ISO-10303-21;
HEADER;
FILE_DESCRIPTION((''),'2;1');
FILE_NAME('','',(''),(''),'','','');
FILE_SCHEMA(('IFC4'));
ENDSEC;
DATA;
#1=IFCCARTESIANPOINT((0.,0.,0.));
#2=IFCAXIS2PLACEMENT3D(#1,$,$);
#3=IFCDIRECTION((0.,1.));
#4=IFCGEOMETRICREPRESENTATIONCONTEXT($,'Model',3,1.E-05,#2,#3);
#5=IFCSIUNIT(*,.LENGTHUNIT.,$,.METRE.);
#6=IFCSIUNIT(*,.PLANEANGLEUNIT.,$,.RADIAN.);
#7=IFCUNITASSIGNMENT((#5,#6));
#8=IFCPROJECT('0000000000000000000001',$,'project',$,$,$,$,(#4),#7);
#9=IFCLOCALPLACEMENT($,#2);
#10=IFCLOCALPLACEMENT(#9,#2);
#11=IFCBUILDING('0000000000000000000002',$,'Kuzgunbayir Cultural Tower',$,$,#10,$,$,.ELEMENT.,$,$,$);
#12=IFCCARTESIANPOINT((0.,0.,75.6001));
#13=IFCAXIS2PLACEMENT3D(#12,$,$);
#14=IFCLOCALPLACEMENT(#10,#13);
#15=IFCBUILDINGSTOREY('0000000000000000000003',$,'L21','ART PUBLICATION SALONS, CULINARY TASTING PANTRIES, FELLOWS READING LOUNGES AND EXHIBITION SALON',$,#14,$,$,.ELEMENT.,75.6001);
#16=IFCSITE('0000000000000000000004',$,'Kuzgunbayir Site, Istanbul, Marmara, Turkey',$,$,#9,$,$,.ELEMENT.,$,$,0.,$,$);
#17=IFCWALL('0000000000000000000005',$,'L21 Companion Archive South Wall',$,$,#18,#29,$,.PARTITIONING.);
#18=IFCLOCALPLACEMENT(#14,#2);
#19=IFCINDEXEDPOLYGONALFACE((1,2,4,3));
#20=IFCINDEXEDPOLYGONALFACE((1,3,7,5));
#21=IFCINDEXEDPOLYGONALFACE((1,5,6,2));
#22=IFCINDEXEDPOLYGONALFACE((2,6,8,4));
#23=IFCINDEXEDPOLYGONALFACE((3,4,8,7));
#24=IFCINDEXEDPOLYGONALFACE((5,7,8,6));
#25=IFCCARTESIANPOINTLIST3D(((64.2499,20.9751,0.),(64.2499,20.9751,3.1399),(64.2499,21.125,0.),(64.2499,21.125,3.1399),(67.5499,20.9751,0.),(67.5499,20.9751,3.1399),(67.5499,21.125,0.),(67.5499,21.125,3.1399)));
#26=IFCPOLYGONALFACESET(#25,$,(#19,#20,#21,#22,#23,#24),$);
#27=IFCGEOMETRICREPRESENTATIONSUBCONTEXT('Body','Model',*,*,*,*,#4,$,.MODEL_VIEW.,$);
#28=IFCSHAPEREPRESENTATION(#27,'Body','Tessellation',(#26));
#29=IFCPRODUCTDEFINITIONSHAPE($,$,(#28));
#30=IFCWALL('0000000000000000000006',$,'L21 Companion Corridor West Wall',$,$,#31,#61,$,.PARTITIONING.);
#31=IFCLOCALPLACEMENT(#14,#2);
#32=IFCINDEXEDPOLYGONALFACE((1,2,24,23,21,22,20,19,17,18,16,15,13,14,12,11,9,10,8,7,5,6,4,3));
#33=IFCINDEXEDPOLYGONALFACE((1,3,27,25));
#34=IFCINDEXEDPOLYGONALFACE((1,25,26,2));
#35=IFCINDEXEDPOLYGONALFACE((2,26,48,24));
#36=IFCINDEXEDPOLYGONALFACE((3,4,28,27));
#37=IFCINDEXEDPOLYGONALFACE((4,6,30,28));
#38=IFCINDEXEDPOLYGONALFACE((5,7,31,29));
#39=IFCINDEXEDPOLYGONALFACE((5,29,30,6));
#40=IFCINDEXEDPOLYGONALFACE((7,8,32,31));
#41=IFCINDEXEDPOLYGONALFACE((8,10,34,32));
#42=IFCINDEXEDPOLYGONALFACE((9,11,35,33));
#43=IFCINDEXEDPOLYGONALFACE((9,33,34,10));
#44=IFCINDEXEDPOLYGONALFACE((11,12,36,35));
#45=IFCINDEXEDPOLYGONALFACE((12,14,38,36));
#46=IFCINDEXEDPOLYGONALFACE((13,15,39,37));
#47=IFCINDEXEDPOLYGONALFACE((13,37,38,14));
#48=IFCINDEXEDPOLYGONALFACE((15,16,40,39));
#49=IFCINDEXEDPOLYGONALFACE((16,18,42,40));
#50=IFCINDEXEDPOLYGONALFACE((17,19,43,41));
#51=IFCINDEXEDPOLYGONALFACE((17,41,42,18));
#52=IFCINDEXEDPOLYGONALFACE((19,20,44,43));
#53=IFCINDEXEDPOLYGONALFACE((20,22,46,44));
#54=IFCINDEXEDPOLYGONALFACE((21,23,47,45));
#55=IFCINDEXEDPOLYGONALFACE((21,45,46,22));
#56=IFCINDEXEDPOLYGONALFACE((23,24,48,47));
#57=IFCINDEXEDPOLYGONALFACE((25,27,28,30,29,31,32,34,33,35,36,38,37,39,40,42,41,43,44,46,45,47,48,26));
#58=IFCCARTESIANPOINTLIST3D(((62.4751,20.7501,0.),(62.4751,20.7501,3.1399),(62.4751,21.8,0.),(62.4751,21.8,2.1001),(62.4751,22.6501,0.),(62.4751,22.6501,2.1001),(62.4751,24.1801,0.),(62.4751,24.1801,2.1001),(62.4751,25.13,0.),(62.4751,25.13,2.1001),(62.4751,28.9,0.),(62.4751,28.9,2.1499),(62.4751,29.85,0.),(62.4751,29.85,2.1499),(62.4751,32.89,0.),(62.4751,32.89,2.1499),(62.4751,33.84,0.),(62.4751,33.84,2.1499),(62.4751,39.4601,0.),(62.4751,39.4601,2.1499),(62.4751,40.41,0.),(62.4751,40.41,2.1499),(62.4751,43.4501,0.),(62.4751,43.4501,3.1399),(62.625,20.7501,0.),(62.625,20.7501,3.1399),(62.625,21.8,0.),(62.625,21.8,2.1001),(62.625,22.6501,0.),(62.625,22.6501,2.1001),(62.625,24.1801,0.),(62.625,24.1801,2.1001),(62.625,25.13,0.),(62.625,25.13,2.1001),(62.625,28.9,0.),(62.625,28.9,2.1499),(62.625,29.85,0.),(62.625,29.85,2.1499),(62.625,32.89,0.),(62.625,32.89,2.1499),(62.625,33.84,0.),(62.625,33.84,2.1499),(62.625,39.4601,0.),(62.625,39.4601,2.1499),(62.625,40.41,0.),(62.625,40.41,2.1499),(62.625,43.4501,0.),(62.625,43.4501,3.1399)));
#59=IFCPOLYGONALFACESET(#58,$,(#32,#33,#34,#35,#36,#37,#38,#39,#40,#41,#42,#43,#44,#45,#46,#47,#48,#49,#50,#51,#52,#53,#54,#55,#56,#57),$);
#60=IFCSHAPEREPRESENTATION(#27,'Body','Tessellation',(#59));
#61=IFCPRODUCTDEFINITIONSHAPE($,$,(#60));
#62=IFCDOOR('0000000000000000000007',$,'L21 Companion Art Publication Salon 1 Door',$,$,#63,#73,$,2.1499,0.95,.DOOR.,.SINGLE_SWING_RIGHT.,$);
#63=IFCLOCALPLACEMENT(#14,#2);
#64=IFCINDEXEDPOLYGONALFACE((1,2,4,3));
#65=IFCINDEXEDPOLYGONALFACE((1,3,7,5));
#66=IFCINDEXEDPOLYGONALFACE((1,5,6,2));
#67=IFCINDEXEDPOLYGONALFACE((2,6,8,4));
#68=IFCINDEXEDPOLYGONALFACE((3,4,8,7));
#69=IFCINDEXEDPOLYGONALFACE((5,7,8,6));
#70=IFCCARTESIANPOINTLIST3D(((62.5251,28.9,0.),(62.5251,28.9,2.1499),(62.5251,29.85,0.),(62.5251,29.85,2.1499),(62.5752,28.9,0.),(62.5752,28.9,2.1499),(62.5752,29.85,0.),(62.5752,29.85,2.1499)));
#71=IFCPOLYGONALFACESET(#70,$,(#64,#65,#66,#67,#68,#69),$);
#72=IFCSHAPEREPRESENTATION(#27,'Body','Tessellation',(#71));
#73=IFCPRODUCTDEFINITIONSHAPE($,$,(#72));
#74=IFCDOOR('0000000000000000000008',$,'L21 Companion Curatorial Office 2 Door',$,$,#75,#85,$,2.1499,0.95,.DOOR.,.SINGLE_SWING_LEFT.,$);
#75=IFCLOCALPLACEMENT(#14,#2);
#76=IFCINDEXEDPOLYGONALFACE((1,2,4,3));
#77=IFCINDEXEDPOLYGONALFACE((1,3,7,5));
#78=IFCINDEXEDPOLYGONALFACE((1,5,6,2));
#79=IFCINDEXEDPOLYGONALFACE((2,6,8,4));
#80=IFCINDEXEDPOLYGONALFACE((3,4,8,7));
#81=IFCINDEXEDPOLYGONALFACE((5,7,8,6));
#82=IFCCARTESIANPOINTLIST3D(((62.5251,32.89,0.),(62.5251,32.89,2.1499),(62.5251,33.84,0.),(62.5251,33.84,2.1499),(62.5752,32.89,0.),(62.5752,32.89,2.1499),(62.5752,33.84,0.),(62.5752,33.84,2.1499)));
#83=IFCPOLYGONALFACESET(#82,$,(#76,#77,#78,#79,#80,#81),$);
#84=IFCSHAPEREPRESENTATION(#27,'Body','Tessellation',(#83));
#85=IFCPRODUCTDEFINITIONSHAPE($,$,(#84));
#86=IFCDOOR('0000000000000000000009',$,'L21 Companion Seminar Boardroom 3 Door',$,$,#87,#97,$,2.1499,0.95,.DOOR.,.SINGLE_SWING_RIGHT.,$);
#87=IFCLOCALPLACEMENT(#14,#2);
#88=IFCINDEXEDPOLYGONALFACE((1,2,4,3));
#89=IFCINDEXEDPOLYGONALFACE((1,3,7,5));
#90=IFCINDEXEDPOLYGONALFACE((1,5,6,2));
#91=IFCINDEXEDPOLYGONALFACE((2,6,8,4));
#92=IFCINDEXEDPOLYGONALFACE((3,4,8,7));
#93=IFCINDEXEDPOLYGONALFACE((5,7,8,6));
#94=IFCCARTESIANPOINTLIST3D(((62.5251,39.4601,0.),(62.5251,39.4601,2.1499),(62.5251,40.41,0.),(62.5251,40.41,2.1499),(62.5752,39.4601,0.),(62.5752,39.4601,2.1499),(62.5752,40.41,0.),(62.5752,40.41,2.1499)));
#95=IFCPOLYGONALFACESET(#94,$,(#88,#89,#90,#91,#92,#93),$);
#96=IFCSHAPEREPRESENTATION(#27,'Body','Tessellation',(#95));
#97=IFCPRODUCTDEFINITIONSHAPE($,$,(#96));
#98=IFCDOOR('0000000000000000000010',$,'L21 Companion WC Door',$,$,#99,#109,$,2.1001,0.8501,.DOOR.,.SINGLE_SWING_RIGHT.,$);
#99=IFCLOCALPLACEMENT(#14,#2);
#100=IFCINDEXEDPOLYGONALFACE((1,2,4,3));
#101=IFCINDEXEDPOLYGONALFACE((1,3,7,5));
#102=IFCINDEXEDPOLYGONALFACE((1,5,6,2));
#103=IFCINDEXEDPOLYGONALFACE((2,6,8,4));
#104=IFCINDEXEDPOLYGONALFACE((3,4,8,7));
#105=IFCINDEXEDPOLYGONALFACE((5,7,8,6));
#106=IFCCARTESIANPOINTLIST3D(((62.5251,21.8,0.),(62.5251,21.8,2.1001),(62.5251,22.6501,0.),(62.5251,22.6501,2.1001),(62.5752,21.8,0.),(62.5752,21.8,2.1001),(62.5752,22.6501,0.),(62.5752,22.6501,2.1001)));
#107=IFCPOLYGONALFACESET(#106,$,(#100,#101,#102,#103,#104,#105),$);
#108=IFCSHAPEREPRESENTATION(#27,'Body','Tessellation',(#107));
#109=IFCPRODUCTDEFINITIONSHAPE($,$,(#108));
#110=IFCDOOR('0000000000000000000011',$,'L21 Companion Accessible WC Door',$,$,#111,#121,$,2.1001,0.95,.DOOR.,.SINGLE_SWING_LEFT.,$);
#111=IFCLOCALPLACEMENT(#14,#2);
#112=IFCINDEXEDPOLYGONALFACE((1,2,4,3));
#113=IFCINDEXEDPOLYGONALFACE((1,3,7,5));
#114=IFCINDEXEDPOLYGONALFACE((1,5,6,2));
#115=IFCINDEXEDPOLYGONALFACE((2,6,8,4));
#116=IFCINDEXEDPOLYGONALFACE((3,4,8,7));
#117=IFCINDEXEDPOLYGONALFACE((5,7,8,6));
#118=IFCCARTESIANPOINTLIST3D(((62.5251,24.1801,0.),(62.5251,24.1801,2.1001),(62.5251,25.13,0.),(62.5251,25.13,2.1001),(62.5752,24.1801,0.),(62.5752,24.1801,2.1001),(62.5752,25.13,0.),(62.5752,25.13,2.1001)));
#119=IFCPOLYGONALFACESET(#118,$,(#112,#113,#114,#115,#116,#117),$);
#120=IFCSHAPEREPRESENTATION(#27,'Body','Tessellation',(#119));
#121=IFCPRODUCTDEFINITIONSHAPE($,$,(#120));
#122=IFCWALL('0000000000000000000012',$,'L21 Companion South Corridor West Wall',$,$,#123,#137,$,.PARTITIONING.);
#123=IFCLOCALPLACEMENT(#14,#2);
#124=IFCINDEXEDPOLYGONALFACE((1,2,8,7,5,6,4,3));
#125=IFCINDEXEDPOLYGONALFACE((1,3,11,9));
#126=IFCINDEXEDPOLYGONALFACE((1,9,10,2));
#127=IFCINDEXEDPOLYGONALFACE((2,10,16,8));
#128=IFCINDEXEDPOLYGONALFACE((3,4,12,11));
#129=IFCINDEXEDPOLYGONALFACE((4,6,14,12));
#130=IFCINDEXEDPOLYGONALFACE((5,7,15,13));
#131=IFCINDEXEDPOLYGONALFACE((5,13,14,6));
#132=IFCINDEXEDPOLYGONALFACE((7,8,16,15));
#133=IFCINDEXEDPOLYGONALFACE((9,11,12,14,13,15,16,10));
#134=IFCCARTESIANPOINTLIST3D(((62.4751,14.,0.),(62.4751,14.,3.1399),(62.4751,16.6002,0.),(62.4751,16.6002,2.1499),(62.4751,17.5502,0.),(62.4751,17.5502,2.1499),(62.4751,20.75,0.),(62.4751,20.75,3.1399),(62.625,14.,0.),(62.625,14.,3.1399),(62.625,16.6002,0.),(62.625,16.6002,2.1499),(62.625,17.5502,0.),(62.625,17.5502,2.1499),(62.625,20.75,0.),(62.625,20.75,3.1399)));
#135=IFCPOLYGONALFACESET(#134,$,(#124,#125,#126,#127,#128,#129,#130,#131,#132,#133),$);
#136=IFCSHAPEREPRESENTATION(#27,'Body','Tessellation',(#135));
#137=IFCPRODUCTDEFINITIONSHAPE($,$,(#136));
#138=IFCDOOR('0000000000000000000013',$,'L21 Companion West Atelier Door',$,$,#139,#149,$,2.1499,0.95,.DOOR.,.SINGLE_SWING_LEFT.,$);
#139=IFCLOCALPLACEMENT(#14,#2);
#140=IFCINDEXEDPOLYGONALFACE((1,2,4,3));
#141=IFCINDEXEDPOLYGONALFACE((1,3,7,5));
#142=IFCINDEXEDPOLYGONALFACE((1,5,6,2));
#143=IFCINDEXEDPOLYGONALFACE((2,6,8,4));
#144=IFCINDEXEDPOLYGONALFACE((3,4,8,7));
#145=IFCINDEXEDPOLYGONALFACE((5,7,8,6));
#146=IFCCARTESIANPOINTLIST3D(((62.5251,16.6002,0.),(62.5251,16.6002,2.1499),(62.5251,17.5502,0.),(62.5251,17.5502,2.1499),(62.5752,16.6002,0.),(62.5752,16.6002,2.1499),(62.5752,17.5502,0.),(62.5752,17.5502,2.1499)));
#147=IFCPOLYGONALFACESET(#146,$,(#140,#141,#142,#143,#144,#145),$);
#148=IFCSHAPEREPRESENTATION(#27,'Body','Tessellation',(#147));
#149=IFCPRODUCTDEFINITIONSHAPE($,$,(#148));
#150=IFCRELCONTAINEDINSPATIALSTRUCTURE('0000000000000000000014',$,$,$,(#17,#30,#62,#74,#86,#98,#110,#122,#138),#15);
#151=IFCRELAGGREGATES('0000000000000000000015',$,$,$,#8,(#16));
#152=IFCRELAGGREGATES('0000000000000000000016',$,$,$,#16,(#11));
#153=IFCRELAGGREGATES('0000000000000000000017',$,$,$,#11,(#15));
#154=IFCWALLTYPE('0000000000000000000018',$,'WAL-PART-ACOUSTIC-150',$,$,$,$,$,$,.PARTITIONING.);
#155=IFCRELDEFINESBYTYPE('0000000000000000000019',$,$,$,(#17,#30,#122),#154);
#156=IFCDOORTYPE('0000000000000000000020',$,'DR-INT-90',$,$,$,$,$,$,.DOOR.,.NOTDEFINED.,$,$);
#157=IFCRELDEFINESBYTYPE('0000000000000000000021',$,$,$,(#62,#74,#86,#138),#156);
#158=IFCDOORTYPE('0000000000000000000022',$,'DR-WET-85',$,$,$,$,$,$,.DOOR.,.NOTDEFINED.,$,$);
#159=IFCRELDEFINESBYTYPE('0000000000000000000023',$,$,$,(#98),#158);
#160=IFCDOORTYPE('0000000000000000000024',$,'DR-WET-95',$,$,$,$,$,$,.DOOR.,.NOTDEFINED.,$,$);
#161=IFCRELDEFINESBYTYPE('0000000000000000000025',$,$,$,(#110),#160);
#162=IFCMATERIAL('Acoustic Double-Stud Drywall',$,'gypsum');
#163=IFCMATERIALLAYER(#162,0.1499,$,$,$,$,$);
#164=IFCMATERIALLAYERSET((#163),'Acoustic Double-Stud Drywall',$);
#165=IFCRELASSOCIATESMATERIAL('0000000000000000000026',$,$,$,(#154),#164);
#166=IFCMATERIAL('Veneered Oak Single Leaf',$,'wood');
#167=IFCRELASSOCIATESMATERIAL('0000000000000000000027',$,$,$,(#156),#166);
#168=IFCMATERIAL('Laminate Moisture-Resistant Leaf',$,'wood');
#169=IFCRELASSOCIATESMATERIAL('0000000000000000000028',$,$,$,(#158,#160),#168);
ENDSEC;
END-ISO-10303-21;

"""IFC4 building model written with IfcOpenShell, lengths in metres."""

from ifc_helpers import new_model, si_unit, direction, frame, frame_2d, origin, place, context, subcontext, project, spatial, rectangle, extrude, material, layer, layer_set, type_object, element, fill, save


model = new_model("IFC4")

# Units and contexts
model_context = context("Model", 3, precision=1e-05, world=origin(), true_north=direction((0.0, 1.0)))
body_context = subcontext(model_context, "Body", "Model", "MODEL_VIEW")
ifc_project = project(units=[si_unit("LENGTHUNIT", "METRE"), si_unit("PLANEANGLEUNIT", "RADIAN")], contexts=[model_context])

# Site, building, storey
site_placement = place(None, origin())
site = spatial("IfcSite", under=ifc_project, at=site_placement, Name="Kuzgunbayir Site, Istanbul, Marmara, Turkey", CompositionType="ELEMENT", RefElevation=0.0)
building_placement = place(site_placement, origin())
building = spatial("IfcBuilding", under=site, at=building_placement, Name="Kuzgunbayir Cultural Tower", CompositionType="ELEMENT")
storey_placement = place(building_placement, frame((0.0, 0.0, 75.6001)))
storey = spatial("IfcBuildingStorey", under=building, at=storey_placement, Name="L21", Description="ART PUBLICATION SALONS, CULINARY TASTING PANTRIES, FELLOWS READING LOUNGES AND EXHIBITION SALON", CompositionType="ELEMENT", Elevation=75.6001)

# Shared definitions
ifc_material_1 = material(Name="Acoustic Double-Stud Drywall", Category="gypsum")
ifc_layer_1 = layer(ifc_material_1, 0.1499)
ifc_layer_set_1 = layer_set([ifc_layer_1], Name="Acoustic Double-Stud Drywall")
wall_type_1 = type_object("IfcWallType", Name="WAL-PART-ACOUSTIC-150", PredefinedType="PARTITIONING", material=ifc_layer_set_1)
ifc_material_2 = material(Name="Veneered Oak Single Leaf", Category="wood")
door_type_1 = type_object("IfcDoorType", Name="DR-INT-90", OperationType="NOTDEFINED", PredefinedType="DOOR", material=ifc_material_2)

# Wall
wall_1_placement = place(storey_placement, frame((64.25, 21.05, 0.0), z_axis=(0.0, 0.0, 1.0), x_axis=(1.0, 0.0, 0.0)))
element("IfcWall", 1, at=wall_1_placement, inside=storey, type_object=wall_type_1, Name="L21 Companion Archive South Wall", PredefinedType="PARTITIONING", context=body_context, shape_type="SweptSolid", body=[
    extrude(rectangle(XDim=3.3, YDim=0.1499, at=frame_2d((1.6499, 0.0))), origin(), (0.0, 0.0, 1.0), 3.1399),
])

# Wall, openings, doors
wall_2_placement = place(storey_placement, frame((62.55, 20.75, 0.0), z_axis=(0.0, 0.0, 1.0), x_axis=(0.0, 1.0, 0.0)))
wall_2 = element("IfcWall", 2, at=wall_2_placement, inside=storey, type_object=wall_type_1, Name="L21 Companion Corridor West Wall", PredefinedType="PARTITIONING", context=body_context, shape_type="SweptSolid", body=[
    extrude(rectangle(XDim=22.7, YDim=0.1499, at=frame_2d((11.3501, 0.0))), origin(), (0.0, 0.0, 1.0), 3.1399),
])
opening_1_placement = place(wall_2_placement, frame((1.05, 0.0, 0.0)))
opening_1 = element("IfcOpeningElement", 3, at=opening_1_placement, cuts=wall_2, PredefinedType="OPENING", context=body_context, shape_type="SweptSolid", body=[
    extrude(rectangle(XDim=0.8501, YDim=2.1001, at=frame_2d((0.425, 1.05))), frame((0.0, 0.085, 0.0), z_axis=(0.0, -1.0, 0.0), x_axis=(1.0, 0.0, 0.0)), (0.0, 0.0, 1.0), 0.1699),
])
opening_2_placement = place(wall_2_placement, frame((3.4299, 0.0, 0.0)))
opening_2 = element("IfcOpeningElement", 4, at=opening_2_placement, cuts=wall_2, PredefinedType="OPENING", context=body_context, shape_type="SweptSolid", body=[
    extrude(rectangle(XDim=0.95, YDim=2.1001, at=frame_2d((0.4751, 1.05))), frame((0.0, 0.085, 0.0), z_axis=(0.0, -1.0, 0.0), x_axis=(1.0, 0.0, 0.0)), (0.0, 0.0, 1.0), 0.1699),
])
opening_3_placement = place(wall_2_placement, frame((8.1499, 0.0, 0.0)))
opening_3 = element("IfcOpeningElement", 5, at=opening_3_placement, cuts=wall_2, PredefinedType="OPENING", context=body_context, shape_type="SweptSolid", body=[
    extrude(rectangle(XDim=0.95, YDim=2.1499, at=frame_2d((0.4751, 1.075))), frame((0.0, 0.085, 0.0), z_axis=(0.0, -1.0, 0.0), x_axis=(1.0, 0.0, 0.0)), (0.0, 0.0, 1.0), 0.1699),
])
opening_4_placement = place(wall_2_placement, frame((12.1399, 0.0, 0.0)))
opening_4 = element("IfcOpeningElement", 6, at=opening_4_placement, cuts=wall_2, PredefinedType="OPENING", context=body_context, shape_type="SweptSolid", body=[
    extrude(rectangle(XDim=0.95, YDim=2.1499, at=frame_2d((0.4751, 1.075))), frame((0.0, 0.085, 0.0), z_axis=(0.0, -1.0, 0.0), x_axis=(1.0, 0.0, 0.0)), (0.0, 0.0, 1.0), 0.1699),
])
opening_5_placement = place(wall_2_placement, frame((18.71, 0.0, 0.0)))
opening_5 = element("IfcOpeningElement", 7, at=opening_5_placement, cuts=wall_2, PredefinedType="OPENING", context=body_context, shape_type="SweptSolid", body=[
    extrude(rectangle(XDim=0.95, YDim=2.1499, at=frame_2d((0.4751, 1.075))), frame((0.0, 0.085, 0.0), z_axis=(0.0, -1.0, 0.0), x_axis=(1.0, 0.0, 0.0)), (0.0, 0.0, 1.0), 0.1699),
])
door_1_placement = place(opening_3_placement, origin())
door_1 = element("IfcDoor", 8, at=door_1_placement, inside=storey, type_object=door_type_1, Name="L21 Companion Art Publication Salon 1 Door", OperationType="SINGLE_SWING_RIGHT", OverallHeight=2.1499, OverallWidth=0.95, PredefinedType="DOOR", context=body_context, shape_type="SweptSolid", body=[
    extrude(rectangle(XDim=0.95, YDim=2.1499, at=frame_2d((0.4751, 1.075))), frame((0.0, 0.0249, 0.0), z_axis=(0.0, -1.0, 0.0), x_axis=(1.0, 0.0, 0.0)), (0.0, 0.0, 1.0), 0.05),
])
fill(opening_3, door_1)
door_2_placement = place(opening_4_placement, origin())
door_2 = element("IfcDoor", 9, at=door_2_placement, inside=storey, type_object=door_type_1, Name="L21 Companion Curatorial Office 2 Door", OperationType="SINGLE_SWING_LEFT", OverallHeight=2.1499, OverallWidth=0.95, PredefinedType="DOOR", context=body_context, shape_type="SweptSolid", body=[
    extrude(rectangle(XDim=0.95, YDim=2.1499, at=frame_2d((0.4751, 1.075))), frame((0.0, 0.0249, 0.0), z_axis=(0.0, -1.0, 0.0), x_axis=(1.0, 0.0, 0.0)), (0.0, 0.0, 1.0), 0.05),
])
fill(opening_4, door_2)
door_3_placement = place(opening_5_placement, origin())
door_3 = element("IfcDoor", 10, at=door_3_placement, inside=storey, type_object=door_type_1, Name="L21 Companion Seminar Boardroom 3 Door", OperationType="SINGLE_SWING_RIGHT", OverallHeight=2.1499, OverallWidth=0.95, PredefinedType="DOOR", context=body_context, shape_type="SweptSolid", body=[
    extrude(rectangle(XDim=0.95, YDim=2.1499, at=frame_2d((0.4751, 1.075))), frame((0.0, 0.0249, 0.0), z_axis=(0.0, -1.0, 0.0), x_axis=(1.0, 0.0, 0.0)), (0.0, 0.0, 1.0), 0.05),
])
fill(opening_5, door_3)
ifc_material_3 = material(Name="Laminate Moisture-Resistant Leaf", Category="wood")
door_type_2 = type_object("IfcDoorType", Name="DR-WET-85", OperationType="NOTDEFINED", PredefinedType="DOOR", material=ifc_material_3)
door_4_placement = place(opening_1_placement, origin())
door_4 = element("IfcDoor", 11, at=door_4_placement, inside=storey, type_object=door_type_2, Name="L21 Companion WC Door", OperationType="SINGLE_SWING_RIGHT", OverallHeight=2.1001, OverallWidth=0.8501, PredefinedType="DOOR", context=body_context, shape_type="SweptSolid", body=[
    extrude(rectangle(XDim=0.8501, YDim=2.1001, at=frame_2d((0.425, 1.05))), frame((0.0, 0.0249, 0.0), z_axis=(0.0, -1.0, 0.0), x_axis=(1.0, 0.0, 0.0)), (0.0, 0.0, 1.0), 0.05),
])
fill(opening_1, door_4)
door_type_3 = type_object("IfcDoorType", Name="DR-WET-95", OperationType="NOTDEFINED", PredefinedType="DOOR", material=ifc_material_3)
door_5_placement = place(opening_2_placement, origin())
door_5 = element("IfcDoor", 12, at=door_5_placement, inside=storey, type_object=door_type_3, Name="L21 Companion Accessible WC Door", OperationType="SINGLE_SWING_LEFT", OverallHeight=2.1001, OverallWidth=0.95, PredefinedType="DOOR", context=body_context, shape_type="SweptSolid", body=[
    extrude(rectangle(XDim=0.95, YDim=2.1001, at=frame_2d((0.4751, 1.05))), frame((0.0, 0.0249, 0.0), z_axis=(0.0, -1.0, 0.0), x_axis=(1.0, 0.0, 0.0)), (0.0, 0.0, 1.0), 0.05),
])
fill(opening_2, door_5)

# Wall, opening, door
wall_3_placement = place(storey_placement, frame((62.55, 14.0, 0.0), z_axis=(0.0, 0.0, 1.0), x_axis=(0.0, 1.0, 0.0)))
wall_3 = element("IfcWall", 13, at=wall_3_placement, inside=storey, type_object=wall_type_1, Name="L21 Companion South Corridor West Wall", PredefinedType="PARTITIONING", context=body_context, shape_type="SweptSolid", body=[
    extrude(rectangle(XDim=6.75, YDim=0.1499, at=frame_2d((3.375, 0.0))), origin(), (0.0, 0.0, 1.0), 3.1399),
])
opening_6_placement = place(wall_3_placement, frame((2.6001, 0.0, 0.0)))
opening_6 = element("IfcOpeningElement", 14, at=opening_6_placement, cuts=wall_3, PredefinedType="OPENING", context=body_context, shape_type="SweptSolid", body=[
    extrude(rectangle(XDim=0.95, YDim=2.1499, at=frame_2d((0.4751, 1.075))), frame((0.0, 0.085, 0.0), z_axis=(0.0, -1.0, 0.0), x_axis=(1.0, 0.0, 0.0)), (0.0, 0.0, 1.0), 0.1699),
])
door_6_placement = place(opening_6_placement, origin())
door_6 = element("IfcDoor", 15, at=door_6_placement, inside=storey, type_object=door_type_1, Name="L21 Companion West Atelier Door", OperationType="SINGLE_SWING_LEFT", OverallHeight=2.1499, OverallWidth=0.95, PredefinedType="DOOR", context=body_context, shape_type="SweptSolid", body=[
    extrude(rectangle(XDim=0.95, YDim=2.1499, at=frame_2d((0.4751, 1.075))), frame((0.0, 0.0249, 0.0), z_axis=(0.0, -1.0, 0.0), x_axis=(1.0, 0.0, 0.0)), (0.0, 0.0, 1.0), 0.05),
])
fill(opening_6, door_6)

save(model, "model.ifc")
